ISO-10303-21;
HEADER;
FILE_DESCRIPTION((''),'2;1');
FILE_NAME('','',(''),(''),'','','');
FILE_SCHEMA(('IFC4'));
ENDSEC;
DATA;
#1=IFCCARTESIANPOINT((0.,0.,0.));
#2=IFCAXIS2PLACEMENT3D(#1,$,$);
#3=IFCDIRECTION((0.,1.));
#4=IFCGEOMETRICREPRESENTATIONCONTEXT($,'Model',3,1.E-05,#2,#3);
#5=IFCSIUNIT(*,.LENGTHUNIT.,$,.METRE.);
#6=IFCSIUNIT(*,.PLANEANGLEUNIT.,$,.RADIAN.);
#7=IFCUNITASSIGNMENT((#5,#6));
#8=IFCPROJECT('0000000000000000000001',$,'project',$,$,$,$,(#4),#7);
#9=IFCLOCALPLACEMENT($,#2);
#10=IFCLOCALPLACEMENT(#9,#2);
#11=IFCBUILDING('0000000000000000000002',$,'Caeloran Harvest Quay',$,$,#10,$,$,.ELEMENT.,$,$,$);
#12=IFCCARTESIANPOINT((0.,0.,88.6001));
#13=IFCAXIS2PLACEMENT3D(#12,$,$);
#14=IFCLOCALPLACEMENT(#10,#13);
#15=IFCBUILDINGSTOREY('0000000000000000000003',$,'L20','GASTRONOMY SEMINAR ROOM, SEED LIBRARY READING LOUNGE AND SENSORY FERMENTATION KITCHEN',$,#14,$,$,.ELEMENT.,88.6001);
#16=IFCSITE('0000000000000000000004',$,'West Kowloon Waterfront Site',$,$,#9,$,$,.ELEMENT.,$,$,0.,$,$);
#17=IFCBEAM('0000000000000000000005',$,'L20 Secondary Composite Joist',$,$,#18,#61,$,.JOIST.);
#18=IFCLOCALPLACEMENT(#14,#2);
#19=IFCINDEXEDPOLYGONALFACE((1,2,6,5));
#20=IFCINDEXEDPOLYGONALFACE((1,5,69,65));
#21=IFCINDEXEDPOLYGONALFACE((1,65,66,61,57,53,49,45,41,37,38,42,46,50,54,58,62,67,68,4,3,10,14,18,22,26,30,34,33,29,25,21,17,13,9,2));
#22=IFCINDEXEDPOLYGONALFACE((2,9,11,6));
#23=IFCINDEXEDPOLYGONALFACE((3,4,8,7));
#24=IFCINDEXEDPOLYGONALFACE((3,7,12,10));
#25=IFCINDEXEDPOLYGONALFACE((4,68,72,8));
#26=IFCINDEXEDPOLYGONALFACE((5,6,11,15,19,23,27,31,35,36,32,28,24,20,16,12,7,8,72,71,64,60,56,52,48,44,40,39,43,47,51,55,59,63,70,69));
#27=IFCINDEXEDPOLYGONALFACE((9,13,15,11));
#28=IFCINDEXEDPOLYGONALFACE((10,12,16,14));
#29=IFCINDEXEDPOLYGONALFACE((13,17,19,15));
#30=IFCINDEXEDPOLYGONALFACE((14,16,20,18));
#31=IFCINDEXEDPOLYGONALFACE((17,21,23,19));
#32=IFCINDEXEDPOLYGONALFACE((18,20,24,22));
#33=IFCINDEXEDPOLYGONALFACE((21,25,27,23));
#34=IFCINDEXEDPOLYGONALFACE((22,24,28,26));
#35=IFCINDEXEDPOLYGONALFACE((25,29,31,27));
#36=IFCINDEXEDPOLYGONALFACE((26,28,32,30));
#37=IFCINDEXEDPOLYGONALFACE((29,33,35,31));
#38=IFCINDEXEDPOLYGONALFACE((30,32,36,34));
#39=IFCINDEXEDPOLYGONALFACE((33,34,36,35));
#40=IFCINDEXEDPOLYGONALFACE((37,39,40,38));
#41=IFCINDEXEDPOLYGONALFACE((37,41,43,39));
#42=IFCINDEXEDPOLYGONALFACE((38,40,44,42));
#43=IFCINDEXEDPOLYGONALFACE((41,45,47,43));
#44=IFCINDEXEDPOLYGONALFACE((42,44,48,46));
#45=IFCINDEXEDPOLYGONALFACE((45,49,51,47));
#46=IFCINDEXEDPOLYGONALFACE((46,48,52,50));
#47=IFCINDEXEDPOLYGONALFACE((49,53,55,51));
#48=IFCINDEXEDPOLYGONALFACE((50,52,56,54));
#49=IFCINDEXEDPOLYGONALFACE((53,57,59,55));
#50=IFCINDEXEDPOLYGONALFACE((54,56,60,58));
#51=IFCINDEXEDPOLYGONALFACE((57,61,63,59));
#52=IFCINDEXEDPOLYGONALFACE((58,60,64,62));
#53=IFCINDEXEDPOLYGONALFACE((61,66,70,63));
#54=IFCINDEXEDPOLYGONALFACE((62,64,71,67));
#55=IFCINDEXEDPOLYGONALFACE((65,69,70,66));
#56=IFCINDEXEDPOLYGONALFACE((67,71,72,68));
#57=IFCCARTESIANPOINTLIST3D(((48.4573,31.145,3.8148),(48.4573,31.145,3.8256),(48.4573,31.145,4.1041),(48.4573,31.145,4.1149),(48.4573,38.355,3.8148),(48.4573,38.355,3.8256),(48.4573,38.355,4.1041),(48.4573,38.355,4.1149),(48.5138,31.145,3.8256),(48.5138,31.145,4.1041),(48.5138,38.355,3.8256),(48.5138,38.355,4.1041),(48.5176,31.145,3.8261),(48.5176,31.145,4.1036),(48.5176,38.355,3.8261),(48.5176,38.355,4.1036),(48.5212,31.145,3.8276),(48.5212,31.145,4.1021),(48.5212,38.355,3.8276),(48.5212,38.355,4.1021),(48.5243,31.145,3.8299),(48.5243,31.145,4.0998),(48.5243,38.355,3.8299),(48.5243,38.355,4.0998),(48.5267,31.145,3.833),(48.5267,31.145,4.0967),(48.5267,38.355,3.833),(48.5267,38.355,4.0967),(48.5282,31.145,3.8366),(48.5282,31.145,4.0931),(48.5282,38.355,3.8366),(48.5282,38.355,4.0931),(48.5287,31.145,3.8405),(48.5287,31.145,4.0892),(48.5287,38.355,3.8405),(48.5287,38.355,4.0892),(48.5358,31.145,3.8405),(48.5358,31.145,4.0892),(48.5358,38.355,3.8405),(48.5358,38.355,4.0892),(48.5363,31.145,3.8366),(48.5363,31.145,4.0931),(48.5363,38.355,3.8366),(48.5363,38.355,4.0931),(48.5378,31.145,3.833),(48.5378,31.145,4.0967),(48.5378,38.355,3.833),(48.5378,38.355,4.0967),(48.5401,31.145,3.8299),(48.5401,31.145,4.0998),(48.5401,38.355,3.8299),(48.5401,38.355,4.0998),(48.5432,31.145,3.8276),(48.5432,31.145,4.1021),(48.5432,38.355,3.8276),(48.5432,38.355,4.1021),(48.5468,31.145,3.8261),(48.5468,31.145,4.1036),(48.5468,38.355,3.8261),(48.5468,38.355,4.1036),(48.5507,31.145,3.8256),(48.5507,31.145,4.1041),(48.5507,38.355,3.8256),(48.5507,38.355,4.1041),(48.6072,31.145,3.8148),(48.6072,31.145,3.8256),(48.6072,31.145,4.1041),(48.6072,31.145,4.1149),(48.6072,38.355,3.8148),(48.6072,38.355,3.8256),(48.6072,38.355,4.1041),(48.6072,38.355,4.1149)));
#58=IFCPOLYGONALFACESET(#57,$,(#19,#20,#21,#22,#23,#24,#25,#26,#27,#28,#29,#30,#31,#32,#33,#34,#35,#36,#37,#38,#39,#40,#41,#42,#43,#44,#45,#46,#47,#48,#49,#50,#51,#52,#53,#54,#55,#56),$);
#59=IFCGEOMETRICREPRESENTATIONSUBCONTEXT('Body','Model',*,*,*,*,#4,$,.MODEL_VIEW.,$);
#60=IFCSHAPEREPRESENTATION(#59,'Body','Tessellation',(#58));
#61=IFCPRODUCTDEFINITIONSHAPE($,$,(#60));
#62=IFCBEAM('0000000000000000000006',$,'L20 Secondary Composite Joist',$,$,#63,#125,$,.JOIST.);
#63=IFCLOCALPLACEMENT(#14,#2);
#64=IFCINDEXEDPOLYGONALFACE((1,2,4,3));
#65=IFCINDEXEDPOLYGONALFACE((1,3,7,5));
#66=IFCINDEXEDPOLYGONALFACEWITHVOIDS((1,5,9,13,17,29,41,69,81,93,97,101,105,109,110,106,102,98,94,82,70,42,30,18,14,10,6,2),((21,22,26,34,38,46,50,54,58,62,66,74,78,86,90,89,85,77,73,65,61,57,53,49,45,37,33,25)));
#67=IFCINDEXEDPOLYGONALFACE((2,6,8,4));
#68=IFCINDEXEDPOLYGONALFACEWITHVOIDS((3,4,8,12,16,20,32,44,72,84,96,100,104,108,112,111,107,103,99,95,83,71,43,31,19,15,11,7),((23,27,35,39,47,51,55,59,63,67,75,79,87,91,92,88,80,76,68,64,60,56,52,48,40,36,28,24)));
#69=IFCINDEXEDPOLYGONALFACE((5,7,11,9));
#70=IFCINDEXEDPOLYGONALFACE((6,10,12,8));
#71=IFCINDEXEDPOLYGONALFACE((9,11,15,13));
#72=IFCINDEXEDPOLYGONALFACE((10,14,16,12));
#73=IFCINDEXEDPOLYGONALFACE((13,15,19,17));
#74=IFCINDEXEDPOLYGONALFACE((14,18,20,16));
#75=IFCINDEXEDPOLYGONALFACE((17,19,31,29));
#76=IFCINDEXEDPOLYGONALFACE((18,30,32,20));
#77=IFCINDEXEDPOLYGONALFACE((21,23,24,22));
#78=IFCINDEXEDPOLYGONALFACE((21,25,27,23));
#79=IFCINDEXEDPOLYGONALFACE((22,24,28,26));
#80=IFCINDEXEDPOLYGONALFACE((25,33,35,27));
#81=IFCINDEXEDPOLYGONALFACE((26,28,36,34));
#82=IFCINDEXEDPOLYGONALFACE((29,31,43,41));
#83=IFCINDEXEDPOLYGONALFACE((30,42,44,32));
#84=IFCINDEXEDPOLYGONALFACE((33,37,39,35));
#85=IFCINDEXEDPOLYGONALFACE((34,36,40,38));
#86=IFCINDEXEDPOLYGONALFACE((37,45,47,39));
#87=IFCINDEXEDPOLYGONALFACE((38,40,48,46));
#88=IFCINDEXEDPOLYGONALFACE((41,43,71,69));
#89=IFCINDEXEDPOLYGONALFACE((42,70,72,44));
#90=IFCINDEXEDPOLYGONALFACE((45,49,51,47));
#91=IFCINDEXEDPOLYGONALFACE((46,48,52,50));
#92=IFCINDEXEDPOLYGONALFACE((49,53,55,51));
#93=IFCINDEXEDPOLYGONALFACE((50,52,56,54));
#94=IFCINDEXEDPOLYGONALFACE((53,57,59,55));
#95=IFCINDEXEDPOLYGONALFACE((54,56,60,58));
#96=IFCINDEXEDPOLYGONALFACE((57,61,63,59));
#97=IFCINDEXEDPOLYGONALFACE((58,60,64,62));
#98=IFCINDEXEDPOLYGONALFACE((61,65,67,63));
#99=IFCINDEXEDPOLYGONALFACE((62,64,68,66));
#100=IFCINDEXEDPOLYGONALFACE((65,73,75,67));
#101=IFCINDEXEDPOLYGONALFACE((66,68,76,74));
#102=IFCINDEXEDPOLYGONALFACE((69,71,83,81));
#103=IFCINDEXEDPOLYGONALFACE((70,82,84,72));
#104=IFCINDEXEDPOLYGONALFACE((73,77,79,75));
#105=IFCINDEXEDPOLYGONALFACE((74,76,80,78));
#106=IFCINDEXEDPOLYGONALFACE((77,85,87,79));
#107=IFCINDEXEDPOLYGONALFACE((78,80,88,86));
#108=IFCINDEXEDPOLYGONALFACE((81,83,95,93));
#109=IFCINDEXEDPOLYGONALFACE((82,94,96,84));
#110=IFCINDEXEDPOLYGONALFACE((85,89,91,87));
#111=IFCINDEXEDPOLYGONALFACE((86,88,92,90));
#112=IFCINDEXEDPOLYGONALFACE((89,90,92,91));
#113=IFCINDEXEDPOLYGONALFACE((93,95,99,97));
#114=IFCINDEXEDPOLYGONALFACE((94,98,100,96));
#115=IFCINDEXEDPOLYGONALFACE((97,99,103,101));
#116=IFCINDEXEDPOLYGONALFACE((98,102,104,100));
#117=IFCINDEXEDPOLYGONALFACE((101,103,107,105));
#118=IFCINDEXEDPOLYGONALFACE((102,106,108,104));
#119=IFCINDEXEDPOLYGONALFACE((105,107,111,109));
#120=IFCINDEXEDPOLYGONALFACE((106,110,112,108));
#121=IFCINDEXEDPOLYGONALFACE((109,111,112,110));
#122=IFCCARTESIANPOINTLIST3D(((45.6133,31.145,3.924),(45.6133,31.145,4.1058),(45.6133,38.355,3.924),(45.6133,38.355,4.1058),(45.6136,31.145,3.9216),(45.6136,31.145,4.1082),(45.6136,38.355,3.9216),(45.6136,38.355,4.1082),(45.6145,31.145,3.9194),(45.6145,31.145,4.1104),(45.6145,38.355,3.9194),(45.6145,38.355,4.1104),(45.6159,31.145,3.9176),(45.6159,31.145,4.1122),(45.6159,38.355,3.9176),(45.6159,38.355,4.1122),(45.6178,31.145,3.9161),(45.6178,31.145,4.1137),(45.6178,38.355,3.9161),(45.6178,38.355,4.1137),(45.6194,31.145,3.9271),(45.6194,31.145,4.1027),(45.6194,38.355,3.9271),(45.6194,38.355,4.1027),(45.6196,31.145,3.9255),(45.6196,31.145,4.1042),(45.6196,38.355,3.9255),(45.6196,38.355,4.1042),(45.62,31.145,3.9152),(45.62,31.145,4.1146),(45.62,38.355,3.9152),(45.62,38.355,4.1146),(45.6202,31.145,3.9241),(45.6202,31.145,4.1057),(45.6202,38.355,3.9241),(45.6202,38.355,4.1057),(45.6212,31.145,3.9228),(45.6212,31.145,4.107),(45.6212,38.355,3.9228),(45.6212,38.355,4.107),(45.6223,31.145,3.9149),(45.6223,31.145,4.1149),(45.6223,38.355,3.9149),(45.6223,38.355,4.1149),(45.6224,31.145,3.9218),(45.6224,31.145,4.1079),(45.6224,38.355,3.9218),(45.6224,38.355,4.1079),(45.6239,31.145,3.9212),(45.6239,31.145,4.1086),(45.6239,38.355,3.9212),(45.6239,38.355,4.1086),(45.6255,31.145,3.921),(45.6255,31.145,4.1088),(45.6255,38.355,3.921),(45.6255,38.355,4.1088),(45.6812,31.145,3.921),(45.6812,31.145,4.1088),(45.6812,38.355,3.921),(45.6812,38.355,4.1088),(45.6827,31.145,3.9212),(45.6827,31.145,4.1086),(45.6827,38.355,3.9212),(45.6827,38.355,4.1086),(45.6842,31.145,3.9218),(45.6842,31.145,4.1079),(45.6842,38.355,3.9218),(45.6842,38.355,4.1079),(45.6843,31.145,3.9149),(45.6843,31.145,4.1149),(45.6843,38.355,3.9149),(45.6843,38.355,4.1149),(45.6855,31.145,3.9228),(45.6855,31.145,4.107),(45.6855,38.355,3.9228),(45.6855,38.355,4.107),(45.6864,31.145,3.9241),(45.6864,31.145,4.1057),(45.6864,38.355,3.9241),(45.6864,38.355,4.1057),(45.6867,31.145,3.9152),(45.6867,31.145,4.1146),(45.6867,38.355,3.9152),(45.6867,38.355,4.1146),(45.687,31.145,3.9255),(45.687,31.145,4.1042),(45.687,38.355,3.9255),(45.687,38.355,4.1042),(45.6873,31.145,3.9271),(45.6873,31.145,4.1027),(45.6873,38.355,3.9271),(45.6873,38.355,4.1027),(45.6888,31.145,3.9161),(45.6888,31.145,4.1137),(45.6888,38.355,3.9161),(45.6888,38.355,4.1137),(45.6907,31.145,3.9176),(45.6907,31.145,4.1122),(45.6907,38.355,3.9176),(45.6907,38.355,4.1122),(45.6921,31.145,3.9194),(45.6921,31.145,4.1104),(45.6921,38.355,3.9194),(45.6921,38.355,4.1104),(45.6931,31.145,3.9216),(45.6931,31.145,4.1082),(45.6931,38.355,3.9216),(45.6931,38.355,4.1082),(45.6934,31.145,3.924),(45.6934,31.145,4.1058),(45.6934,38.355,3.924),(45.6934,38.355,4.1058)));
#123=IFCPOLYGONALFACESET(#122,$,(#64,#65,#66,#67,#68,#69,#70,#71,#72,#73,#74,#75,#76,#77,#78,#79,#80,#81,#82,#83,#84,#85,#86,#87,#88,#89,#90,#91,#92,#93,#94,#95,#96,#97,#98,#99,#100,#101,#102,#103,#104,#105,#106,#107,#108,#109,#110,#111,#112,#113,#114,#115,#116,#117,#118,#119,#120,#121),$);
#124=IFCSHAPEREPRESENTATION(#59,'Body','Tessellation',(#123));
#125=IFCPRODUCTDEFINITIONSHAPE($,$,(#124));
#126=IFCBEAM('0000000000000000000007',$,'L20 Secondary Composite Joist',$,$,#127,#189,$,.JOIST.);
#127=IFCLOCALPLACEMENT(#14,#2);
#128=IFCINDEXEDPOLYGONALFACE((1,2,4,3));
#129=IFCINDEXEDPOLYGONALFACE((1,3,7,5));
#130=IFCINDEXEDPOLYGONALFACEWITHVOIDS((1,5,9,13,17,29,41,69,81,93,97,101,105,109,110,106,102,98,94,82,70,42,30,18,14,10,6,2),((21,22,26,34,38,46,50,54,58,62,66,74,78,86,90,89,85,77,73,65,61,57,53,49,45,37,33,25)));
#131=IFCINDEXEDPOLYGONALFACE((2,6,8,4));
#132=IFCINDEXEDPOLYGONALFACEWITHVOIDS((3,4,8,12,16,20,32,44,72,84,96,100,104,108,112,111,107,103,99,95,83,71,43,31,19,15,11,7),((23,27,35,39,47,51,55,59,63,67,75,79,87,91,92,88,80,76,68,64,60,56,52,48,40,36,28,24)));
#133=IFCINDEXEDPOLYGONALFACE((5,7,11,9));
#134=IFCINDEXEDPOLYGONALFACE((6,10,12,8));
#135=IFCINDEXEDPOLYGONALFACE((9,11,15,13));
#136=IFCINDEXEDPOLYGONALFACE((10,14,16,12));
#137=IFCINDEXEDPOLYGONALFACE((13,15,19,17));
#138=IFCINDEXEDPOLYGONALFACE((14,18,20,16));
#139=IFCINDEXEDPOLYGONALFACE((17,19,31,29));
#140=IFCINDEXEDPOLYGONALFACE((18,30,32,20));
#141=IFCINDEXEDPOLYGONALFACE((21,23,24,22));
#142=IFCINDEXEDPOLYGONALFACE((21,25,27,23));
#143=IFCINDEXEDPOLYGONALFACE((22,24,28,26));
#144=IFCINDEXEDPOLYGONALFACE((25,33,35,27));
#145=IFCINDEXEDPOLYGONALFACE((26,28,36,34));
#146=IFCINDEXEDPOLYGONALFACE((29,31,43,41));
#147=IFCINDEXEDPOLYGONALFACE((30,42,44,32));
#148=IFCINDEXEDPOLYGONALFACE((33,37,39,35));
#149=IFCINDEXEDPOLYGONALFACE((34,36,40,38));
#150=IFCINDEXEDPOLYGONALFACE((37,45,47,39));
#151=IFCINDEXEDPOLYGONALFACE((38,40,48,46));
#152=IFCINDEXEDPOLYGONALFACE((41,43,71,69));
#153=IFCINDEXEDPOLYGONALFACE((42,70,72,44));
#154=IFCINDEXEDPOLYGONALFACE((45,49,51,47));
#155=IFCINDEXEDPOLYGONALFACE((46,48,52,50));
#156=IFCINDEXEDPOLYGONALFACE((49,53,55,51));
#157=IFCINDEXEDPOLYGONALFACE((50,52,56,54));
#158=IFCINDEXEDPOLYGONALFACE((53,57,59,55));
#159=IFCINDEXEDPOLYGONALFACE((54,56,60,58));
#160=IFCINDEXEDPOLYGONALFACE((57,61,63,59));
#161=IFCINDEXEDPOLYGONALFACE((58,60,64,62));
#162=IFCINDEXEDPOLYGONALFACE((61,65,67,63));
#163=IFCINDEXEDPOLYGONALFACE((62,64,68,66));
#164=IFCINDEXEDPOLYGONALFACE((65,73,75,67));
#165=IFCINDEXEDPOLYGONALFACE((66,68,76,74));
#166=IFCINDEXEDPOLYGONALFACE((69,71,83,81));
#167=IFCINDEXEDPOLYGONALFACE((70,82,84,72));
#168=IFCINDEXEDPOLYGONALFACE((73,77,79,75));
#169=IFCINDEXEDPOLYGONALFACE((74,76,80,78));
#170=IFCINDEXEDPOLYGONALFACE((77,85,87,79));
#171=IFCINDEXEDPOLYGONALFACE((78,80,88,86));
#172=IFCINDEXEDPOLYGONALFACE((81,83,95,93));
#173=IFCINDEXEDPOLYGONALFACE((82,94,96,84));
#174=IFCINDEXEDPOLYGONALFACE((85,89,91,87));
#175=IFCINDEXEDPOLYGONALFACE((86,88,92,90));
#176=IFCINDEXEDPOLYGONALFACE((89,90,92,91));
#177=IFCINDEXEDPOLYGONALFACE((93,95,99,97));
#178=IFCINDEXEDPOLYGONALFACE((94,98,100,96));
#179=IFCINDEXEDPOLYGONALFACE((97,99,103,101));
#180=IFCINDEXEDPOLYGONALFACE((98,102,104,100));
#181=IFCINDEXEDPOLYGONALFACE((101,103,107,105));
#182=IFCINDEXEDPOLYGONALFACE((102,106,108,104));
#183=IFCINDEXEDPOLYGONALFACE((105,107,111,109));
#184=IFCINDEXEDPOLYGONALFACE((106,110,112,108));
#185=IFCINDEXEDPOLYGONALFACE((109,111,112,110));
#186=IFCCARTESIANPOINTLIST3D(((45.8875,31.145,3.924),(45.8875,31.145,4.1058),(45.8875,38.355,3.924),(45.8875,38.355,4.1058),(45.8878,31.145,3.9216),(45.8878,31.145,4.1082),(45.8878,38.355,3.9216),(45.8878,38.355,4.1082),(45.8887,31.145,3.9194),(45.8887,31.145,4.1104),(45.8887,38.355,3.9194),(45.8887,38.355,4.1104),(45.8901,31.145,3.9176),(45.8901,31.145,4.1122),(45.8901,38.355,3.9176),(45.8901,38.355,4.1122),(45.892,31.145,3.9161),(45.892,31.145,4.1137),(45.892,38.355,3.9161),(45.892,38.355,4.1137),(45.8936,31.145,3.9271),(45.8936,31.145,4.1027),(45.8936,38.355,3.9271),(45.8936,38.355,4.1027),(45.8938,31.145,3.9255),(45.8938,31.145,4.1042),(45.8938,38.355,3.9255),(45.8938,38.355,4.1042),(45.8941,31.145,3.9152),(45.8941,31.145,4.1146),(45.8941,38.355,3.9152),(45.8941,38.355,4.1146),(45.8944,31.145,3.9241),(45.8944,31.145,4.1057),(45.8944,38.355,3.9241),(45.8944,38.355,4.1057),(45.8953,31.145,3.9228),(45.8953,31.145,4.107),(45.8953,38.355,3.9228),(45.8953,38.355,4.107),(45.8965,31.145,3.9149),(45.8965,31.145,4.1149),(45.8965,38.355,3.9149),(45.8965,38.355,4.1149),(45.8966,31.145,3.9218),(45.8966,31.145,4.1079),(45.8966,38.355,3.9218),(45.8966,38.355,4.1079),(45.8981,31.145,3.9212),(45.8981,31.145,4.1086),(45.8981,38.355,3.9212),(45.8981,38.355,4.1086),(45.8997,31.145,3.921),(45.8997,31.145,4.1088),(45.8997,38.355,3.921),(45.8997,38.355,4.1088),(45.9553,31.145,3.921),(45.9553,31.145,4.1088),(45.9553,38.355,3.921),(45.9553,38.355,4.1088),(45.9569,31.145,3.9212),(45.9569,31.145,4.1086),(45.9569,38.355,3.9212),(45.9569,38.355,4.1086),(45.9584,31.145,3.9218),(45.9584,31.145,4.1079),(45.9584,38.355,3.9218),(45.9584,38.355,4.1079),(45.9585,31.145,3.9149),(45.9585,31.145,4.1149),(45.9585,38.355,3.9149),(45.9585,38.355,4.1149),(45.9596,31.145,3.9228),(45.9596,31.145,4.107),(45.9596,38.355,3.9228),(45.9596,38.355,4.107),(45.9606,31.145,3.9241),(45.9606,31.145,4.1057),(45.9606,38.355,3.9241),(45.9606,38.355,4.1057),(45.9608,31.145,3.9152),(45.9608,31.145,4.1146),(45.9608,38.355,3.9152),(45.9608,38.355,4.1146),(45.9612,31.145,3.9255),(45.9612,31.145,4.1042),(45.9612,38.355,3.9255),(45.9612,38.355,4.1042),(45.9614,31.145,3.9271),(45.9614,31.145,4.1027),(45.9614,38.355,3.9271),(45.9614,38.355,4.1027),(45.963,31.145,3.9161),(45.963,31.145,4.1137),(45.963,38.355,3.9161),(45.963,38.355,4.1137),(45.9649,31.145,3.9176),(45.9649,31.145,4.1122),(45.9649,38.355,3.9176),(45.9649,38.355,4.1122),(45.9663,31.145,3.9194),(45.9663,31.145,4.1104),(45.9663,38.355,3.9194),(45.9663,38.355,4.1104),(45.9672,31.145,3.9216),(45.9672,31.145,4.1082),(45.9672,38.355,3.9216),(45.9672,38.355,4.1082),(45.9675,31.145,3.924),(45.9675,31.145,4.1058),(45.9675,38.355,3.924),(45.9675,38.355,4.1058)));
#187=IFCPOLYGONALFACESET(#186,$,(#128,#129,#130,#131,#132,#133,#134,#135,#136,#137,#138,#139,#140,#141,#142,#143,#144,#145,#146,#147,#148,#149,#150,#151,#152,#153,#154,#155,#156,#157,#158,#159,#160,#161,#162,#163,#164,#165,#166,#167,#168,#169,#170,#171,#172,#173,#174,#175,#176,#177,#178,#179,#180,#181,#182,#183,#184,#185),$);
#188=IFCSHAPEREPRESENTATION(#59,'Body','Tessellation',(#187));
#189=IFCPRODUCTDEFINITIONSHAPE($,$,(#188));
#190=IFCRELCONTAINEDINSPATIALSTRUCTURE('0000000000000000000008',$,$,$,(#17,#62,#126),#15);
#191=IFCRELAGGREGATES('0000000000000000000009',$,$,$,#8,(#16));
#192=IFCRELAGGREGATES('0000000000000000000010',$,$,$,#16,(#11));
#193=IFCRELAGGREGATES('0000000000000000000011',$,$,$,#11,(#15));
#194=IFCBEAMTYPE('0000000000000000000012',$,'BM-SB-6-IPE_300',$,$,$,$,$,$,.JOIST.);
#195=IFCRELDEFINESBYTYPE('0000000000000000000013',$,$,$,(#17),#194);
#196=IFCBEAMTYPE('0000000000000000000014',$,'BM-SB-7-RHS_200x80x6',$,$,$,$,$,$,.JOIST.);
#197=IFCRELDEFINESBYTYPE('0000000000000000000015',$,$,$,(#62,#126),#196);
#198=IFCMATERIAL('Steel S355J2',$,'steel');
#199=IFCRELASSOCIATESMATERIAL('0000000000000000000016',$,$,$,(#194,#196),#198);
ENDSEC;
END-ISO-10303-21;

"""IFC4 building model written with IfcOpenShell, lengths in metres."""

from ifc_helpers import new_model, si_unit, direction, frame, origin, origin_2d, place, context, subcontext, project, spatial, hollow_rectangle, i_section, extrude, material, material_profile, profile_set, type_object, element, save


model = new_model("IFC4")

# Units and contexts
model_context = context("Model", 3, precision=1e-05, world=origin(), true_north=direction((0.0, 1.0)))
body_context = subcontext(model_context, "Body", "Model", "MODEL_VIEW")
ifc_project = project(units=[si_unit("LENGTHUNIT", "METRE"), si_unit("PLANEANGLEUNIT", "RADIAN")], contexts=[model_context])

# Site, building, storey
site_placement = place(None, origin())
site = spatial("IfcSite", under=ifc_project, at=site_placement, Name="West Kowloon Waterfront Site", CompositionType="ELEMENT", RefElevation=0.0)
building_placement = place(site_placement, origin())
building = spatial("IfcBuilding", under=site, at=building_placement, Name="Caeloran Harvest Quay", CompositionType="ELEMENT")
storey_placement = place(building_placement, frame((0.0, 0.0, 88.6001)))
storey = spatial("IfcBuildingStorey", under=building, at=storey_placement, Name="L20", Description="GASTRONOMY SEMINAR ROOM, SEED LIBRARY READING LOUNGE AND SENSORY FERMENTATION KITCHEN", CompositionType="ELEMENT", Elevation=88.6001)

# Beams
ifc_material_1 = material(Name="Steel S355J2", Category="steel")
ifc_material_profile_1 = material_profile(ifc_material_1, i_section(OverallWidth=0.1499, OverallDepth=0.3, WebThickness=0.0071, FlangeThickness=0.0107, FilletRadius=0.0149, at=origin_2d()), Name="IPE 300")
ifc_profile_set_1 = profile_set([ifc_material_profile_1], Name="Steel S355J2")
beam_type_1 = type_object("IfcBeamType", Name="BM-SB-6-IPE_300", PredefinedType="JOIST", material=ifc_profile_set_1)
for number, where, z_axis, x_axis, name in (
    (1, (48.5322, 31.145, 3.9648), (0.0, 1.0, 0.0), (-1.0, 0.0, 0.0), "L20 Secondary Composite Joist"),
):
    element("IfcBeam", number, at=place(storey_placement, frame(where, z_axis=z_axis, x_axis=x_axis)), inside=storey, type_object=beam_type_1, Name=name, PredefinedType="JOIST", context=body_context, shape_type="SweptSolid", body=[
        extrude(i_section(OverallWidth=0.1499, OverallDepth=0.3, WebThickness=0.0071, FlangeThickness=0.0107, FilletRadius=0.0149, at=origin_2d()), origin(), (0.0, 0.0, 1.0), 7.21),
    ])
ifc_material_profile_2 = material_profile(ifc_material_1, hollow_rectangle(XDim=0.0801, YDim=0.2, WallThickness=0.0061, InnerFilletRadius=0.0061, OuterFilletRadius=0.009, at=origin_2d()), Name="RHS 200x80x6")
ifc_profile_set_2 = profile_set([ifc_material_profile_2], Name="Steel S355J2")
beam_type_2 = type_object("IfcBeamType", Name="BM-SB-7-RHS_200x80x6", PredefinedType="JOIST", material=ifc_profile_set_2)
for number, where, z_axis, x_axis, name in (
    (2, (45.6533, 31.145, 4.0149), (0.0, 1.0, 0.0), (-1.0, 0.0, 0.0), "L20 Secondary Composite Joist"),
    (3, (45.9275, 31.145, 4.0149), (0.0, 1.0, 0.0), (-1.0, 0.0, 0.0), "L20 Secondary Composite Joist"),
):
    element("IfcBeam", number, at=place(storey_placement, frame(where, z_axis=z_axis, x_axis=x_axis)), inside=storey, type_object=beam_type_2, Name=name, PredefinedType="JOIST", context=body_context, shape_type="SweptSolid", body=[
        extrude(hollow_rectangle(XDim=0.0801, YDim=0.2, WallThickness=0.0061, InnerFilletRadius=0.0061, OuterFilletRadius=0.009, at=origin_2d()), origin(), (0.0, 0.0, 1.0), 7.21),
    ])

save(model, "model.ifc")
